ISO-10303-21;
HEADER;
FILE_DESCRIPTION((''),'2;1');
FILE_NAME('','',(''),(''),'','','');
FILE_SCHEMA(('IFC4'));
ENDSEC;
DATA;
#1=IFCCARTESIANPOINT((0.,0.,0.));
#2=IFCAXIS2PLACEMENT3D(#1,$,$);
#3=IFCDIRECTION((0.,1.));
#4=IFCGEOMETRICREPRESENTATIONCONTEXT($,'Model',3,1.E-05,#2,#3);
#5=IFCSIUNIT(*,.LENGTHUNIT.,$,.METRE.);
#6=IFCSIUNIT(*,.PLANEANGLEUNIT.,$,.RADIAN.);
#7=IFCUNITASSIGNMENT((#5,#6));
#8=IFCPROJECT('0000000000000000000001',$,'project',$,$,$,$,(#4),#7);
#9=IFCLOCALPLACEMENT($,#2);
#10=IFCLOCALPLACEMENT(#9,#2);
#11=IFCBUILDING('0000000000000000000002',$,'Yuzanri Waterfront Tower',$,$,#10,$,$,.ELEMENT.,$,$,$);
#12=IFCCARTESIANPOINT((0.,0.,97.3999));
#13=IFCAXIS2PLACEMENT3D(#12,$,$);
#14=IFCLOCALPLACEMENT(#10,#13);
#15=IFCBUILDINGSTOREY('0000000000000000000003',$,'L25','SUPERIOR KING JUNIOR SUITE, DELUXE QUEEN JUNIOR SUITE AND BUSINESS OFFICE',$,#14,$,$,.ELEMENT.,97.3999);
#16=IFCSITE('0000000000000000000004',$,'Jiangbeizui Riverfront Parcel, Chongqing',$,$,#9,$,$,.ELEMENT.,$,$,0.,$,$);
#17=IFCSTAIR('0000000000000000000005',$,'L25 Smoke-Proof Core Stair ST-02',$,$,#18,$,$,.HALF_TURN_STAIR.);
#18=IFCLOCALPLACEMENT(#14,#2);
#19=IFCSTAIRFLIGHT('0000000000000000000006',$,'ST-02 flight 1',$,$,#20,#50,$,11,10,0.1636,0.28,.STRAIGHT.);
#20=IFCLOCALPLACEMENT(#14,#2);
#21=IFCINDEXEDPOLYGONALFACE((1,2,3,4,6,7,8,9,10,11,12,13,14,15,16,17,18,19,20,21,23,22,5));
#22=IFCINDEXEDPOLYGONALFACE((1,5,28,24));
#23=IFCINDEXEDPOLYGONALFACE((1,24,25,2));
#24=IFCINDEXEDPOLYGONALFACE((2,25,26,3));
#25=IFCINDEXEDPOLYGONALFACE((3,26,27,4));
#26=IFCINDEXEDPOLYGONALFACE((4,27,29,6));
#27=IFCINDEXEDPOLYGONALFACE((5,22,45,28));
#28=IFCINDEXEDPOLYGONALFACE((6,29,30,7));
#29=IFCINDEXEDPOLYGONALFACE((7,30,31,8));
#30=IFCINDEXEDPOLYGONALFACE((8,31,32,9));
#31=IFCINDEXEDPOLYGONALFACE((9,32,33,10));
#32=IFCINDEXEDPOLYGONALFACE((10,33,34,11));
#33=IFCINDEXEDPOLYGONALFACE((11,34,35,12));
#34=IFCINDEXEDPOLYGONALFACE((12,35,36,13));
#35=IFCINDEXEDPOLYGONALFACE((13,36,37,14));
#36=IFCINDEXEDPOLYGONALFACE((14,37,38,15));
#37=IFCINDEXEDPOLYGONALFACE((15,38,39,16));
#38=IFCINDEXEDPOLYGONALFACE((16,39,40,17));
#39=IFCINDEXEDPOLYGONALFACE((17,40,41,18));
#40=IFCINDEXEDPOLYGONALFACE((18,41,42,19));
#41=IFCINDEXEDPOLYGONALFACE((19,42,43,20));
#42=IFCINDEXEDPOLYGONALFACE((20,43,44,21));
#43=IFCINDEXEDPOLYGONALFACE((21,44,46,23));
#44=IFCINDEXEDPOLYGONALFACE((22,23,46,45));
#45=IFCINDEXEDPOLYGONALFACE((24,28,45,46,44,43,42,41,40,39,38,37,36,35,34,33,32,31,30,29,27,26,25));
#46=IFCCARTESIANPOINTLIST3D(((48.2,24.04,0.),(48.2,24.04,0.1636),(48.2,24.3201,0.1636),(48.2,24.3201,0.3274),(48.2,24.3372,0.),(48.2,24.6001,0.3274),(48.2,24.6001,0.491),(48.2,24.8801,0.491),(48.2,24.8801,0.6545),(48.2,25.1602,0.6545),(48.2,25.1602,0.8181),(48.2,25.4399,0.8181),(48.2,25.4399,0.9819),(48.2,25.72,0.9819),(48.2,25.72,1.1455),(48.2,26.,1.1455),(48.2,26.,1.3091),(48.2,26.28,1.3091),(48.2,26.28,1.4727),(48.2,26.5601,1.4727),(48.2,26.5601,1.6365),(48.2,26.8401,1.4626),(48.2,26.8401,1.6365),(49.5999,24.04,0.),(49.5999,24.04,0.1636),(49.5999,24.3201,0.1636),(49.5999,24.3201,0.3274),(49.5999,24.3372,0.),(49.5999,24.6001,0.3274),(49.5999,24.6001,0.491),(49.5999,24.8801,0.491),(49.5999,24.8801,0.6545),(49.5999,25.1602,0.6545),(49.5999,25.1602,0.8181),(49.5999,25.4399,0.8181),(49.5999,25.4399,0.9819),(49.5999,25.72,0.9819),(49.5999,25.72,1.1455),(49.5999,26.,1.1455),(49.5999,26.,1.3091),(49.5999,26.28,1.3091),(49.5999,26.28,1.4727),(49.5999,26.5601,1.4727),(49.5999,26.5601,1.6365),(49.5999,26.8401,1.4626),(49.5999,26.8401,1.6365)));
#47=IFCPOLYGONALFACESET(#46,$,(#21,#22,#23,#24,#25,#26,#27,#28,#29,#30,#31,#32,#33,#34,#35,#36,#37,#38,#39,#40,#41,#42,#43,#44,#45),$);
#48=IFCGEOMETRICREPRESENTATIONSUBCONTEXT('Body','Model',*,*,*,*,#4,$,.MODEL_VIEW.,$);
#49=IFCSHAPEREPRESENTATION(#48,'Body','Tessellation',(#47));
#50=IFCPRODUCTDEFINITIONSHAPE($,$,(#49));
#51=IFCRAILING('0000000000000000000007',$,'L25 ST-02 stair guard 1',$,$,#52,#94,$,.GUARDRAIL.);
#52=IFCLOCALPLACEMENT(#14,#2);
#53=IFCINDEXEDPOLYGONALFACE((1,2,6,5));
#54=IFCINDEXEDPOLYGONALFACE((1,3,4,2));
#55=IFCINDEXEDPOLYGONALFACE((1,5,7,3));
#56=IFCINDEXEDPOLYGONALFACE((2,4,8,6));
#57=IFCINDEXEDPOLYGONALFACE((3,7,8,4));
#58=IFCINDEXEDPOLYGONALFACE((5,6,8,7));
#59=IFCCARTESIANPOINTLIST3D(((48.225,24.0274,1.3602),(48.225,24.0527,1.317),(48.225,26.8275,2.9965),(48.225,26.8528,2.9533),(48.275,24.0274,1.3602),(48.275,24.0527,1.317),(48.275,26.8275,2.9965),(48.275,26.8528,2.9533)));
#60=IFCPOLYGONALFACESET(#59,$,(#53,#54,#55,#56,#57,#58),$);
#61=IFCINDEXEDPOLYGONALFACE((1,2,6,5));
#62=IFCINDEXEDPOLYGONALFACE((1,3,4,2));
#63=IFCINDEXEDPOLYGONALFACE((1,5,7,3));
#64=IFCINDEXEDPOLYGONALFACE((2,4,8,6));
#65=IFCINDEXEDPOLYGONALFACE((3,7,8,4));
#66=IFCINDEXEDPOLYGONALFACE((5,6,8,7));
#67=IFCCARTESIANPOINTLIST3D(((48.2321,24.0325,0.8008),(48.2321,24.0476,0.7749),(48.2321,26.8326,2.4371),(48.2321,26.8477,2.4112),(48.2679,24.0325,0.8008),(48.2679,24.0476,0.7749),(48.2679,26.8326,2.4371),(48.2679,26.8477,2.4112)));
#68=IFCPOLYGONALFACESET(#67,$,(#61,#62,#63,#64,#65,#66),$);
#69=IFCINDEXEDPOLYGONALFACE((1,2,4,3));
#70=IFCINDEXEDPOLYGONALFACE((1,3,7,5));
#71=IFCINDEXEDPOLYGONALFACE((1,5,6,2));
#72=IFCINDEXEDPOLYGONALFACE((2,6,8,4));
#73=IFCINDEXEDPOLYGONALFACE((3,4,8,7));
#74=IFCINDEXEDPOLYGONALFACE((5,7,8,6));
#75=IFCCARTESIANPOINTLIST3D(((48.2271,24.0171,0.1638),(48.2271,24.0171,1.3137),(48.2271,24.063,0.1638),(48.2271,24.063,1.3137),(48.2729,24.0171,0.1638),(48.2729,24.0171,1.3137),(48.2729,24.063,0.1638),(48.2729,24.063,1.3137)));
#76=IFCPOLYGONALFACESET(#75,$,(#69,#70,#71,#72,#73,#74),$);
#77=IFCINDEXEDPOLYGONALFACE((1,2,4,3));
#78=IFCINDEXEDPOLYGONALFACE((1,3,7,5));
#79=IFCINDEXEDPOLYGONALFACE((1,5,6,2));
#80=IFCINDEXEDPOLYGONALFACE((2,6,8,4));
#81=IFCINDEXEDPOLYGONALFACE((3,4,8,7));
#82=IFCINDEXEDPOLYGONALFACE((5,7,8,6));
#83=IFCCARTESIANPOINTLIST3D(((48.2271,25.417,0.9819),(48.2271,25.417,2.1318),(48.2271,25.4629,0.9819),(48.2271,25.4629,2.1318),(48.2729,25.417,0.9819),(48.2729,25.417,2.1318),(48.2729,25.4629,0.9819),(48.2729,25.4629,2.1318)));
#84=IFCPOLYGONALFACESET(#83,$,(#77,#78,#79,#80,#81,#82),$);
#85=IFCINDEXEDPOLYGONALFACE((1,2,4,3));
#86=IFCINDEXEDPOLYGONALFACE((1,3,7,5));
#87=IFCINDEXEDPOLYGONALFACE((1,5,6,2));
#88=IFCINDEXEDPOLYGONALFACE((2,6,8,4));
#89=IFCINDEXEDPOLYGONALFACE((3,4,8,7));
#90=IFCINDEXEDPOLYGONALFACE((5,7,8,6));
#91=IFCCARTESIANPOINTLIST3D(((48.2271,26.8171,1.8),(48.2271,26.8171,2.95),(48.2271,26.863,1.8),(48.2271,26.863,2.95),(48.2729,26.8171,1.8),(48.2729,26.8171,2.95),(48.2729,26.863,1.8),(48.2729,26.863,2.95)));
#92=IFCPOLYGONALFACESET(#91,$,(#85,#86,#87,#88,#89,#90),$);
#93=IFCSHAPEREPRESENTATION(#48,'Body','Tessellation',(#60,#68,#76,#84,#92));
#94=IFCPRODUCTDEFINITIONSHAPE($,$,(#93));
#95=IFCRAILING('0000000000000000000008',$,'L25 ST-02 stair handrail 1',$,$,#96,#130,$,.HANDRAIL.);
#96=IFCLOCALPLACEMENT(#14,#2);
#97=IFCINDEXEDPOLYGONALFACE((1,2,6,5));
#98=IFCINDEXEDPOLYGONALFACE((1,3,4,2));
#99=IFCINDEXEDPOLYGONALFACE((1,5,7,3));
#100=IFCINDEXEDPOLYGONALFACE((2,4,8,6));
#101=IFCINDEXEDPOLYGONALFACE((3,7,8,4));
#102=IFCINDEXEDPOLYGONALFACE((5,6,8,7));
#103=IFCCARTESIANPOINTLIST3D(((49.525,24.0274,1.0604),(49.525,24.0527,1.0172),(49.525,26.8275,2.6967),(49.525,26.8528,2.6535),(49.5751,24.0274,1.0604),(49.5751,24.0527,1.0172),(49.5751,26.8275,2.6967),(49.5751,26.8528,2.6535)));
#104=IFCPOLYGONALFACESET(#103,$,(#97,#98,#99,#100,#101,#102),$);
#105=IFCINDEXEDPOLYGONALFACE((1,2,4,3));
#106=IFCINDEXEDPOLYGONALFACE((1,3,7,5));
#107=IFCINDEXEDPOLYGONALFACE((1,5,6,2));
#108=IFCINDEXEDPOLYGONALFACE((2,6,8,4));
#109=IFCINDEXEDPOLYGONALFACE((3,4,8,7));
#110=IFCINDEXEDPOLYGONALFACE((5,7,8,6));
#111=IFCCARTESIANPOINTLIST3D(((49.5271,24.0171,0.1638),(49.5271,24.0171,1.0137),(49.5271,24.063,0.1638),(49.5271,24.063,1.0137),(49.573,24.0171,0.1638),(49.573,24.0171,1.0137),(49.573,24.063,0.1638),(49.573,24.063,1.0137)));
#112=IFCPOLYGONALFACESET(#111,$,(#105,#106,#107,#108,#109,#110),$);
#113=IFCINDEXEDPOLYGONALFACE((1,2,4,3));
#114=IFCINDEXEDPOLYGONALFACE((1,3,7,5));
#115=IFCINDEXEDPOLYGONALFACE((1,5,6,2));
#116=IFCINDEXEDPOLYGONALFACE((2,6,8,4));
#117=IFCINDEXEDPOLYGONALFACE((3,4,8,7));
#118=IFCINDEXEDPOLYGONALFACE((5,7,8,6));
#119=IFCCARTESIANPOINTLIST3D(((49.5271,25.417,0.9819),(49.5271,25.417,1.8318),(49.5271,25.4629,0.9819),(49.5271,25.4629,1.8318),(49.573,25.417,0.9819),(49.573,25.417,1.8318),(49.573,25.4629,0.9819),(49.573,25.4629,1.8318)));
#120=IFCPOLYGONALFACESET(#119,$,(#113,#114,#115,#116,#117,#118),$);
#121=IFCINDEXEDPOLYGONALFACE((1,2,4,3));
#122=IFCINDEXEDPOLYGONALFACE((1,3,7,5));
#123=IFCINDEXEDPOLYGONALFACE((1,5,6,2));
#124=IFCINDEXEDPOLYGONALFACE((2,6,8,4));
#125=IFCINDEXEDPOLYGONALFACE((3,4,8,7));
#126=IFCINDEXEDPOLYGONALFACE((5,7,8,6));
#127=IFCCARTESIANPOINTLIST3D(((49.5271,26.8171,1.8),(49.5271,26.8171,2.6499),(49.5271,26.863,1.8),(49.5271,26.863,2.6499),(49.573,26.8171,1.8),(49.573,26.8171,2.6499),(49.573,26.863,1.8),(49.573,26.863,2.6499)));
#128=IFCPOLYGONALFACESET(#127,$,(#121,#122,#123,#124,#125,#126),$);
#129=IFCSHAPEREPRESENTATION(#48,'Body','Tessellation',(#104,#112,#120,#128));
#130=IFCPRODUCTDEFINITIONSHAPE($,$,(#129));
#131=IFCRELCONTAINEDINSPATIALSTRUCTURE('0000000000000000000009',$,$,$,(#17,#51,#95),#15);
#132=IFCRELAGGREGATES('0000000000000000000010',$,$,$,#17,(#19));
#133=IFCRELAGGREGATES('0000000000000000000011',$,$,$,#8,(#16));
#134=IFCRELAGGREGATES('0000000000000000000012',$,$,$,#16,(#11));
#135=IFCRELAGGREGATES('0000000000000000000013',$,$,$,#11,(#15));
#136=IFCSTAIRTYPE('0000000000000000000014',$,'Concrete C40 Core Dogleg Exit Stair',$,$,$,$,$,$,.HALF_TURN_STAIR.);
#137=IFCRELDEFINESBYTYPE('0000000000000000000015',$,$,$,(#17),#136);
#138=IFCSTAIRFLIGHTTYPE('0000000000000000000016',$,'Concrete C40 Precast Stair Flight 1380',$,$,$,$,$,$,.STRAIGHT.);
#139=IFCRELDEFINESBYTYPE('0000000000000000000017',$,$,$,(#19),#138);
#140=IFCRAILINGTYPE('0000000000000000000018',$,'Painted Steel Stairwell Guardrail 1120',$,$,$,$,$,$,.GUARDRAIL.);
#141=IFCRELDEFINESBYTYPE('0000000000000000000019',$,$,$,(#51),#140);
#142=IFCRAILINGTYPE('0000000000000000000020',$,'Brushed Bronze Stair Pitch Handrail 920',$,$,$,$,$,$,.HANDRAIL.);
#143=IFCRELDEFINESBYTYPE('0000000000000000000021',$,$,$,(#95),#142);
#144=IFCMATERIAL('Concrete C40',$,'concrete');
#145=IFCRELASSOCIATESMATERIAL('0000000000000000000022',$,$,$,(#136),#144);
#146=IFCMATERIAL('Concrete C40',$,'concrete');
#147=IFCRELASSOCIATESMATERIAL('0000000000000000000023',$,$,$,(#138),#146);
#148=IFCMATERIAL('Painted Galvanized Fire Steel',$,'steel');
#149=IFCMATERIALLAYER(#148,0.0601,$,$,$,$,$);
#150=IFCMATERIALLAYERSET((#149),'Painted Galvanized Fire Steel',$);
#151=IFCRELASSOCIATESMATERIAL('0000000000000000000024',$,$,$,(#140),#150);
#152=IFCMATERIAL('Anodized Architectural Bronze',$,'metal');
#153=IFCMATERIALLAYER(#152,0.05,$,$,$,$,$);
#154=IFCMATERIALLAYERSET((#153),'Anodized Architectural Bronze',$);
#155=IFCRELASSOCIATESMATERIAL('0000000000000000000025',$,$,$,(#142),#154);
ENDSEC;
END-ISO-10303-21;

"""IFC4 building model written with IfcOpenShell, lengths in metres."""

from ifc_helpers import new_model, si_unit, direction, frame, origin, origin_2d, place, context, subcontext, project, spatial, polyline, rectangle, outline, extrude, source, transform, mapped, material, layer, layer_set, type_object, element, aggregate, save


model = new_model("IFC4")

# Units and contexts
model_context = context("Model", 3, precision=1e-05, world=origin(), true_north=direction((0.0, 1.0)))
body_context = subcontext(model_context, "Body", "Model", "MODEL_VIEW")
ifc_project = project(units=[si_unit("LENGTHUNIT", "METRE"), si_unit("PLANEANGLEUNIT", "RADIAN")], contexts=[model_context])

# Site, building, storey
site_placement = place(None, origin())
site = spatial("IfcSite", under=ifc_project, at=site_placement, Name="Jiangbeizui Riverfront Parcel, Chongqing", CompositionType="ELEMENT", RefElevation=0.0)
building_placement = place(site_placement, origin())
building = spatial("IfcBuilding", under=site, at=building_placement, Name="Yuzanri Waterfront Tower", CompositionType="ELEMENT")
storey_placement = place(building_placement, frame((0.0, 0.0, 97.3999)))
storey = spatial("IfcBuildingStorey", under=building, at=storey_placement, Name="L25", Description="SUPERIOR KING JUNIOR SUITE, DELUXE QUEEN JUNIOR SUITE AND BUSINESS OFFICE", CompositionType="ELEMENT", Elevation=97.3999)

# Stair, stair flight
ifc_material_1 = material(Name="Concrete C40", Category="concrete")
stair_type = type_object("IfcStairType", Name="Concrete C40 Core Dogleg Exit Stair", PredefinedType="HALF_TURN_STAIR", material=ifc_material_1)
stair_placement = place(storey_placement, origin())
stair = element("IfcStair", 1, at=stair_placement, inside=storey, type_object=stair_type, Name="L25 Smoke-Proof Core Stair ST-02", PredefinedType="HALF_TURN_STAIR")
ifc_material_2 = material(Name="Concrete C40", Category="concrete")
stair_flight_type = type_object("IfcStairFlightType", Name="Concrete C40 Precast Stair Flight 1380", PredefinedType="STRAIGHT", material=ifc_material_2)
shared_shape_1 = source(origin(), body_context, "Body", "SweptSolid", [
    extrude(outline(polyline([(0.0, 0.0), (0.0, 0.1636), (0.28, 0.1636), (0.28, 0.3274), (0.5601, 0.3274), (0.5601, 0.491), (0.8401, 0.491), (0.8401, 0.6545), (1.1201, 0.6545), (1.1201, 0.8181), (1.3999, 0.8181), (1.3999, 0.9819), (1.6799, 0.9819), (1.6799, 1.1455), (1.96, 1.1455), (1.96, 1.3091), (2.24, 1.3091), (2.24, 1.4727), (2.52, 1.4727), (2.52, 1.6365), (2.8, 1.6365), (2.8, 1.8), (2.8, 1.4626), (0.2971, 0.0), (0.0, 0.0)])), frame((0.0, 0.7, 0.0), z_axis=(0.0, -1.0, 0.0), x_axis=(1.0, 0.0, 0.0)), (0.0, 0.0, 1.0), 1.3999),
])
stair_flight_placement = place(storey_placement, frame((48.8999, 24.04, 0.0), z_axis=(0.0, 0.0, 1.0), x_axis=(0.0, 1.0, 0.0)))
stair_flight = element("IfcStairFlight", 2, at=stair_flight_placement, type_object=stair_flight_type, Name="ST-02 flight 1", NumberOfRisers=11, NumberOfTreads=10, PredefinedType="STRAIGHT", RiserHeight=0.1636, TreadLength=0.28, context=body_context, shape_type="MappedRepresentation", body=[
    mapped(shared_shape_1, transform((0.0, 0.0, 0.0), scale=1.0)),
])
aggregate(stair, [stair_flight])

# Railings
ifc_material_3 = material(Name="Painted Galvanized Fire Steel", Category="steel")
ifc_layer_1 = layer(ifc_material_3, 0.0601)
ifc_layer_set_1 = layer_set([ifc_layer_1], Name="Painted Galvanized Fire Steel")
railing_type_1 = type_object("IfcRailingType", Name="Painted Steel Stairwell Guardrail 1120", PredefinedType="GUARDRAIL", material=ifc_layer_set_1)
shared_shape_2 = source(origin(), body_context, "Body", "SweptSolid", [
    extrude(rectangle(XDim=0.05, YDim=0.05, at=origin_2d()), frame((0.0, 0.0, 1.1748), z_axis=(0.0, 0.863394, 0.504531), x_axis=(-1.0, 0.0, 0.0)), (0.0, 0.0, 1.0), 3.2432),
    extrude(rectangle(XDim=0.0359, YDim=0.03, at=origin_2d()), frame((0.0, 0.0, 0.624), z_axis=(0.0, 0.863394, 0.504531), x_axis=(-1.0, 0.0, 0.0)), (0.0, 0.0, 1.0), 3.2432),
    extrude(rectangle(XDim=0.0459, YDim=0.0459, at=origin_2d()), origin(), (0.0, 0.0, 1.0), 1.1499),
    extrude(rectangle(XDim=0.0459, YDim=0.0459, at=origin_2d()), frame((0.0, 1.3999, 0.8181)), (0.0, 0.0, 1.0), 1.1499),
    extrude(rectangle(XDim=0.0459, YDim=0.0459, at=origin_2d()), frame((0.0, 2.8, 1.6362)), (0.0, 0.0, 1.0), 1.1499),
])
railing_1_placement = place(storey_placement, frame((48.25, 24.04, 0.1638)))
element("IfcRailing", 3, at=railing_1_placement, inside=storey, type_object=railing_type_1, Name="L25 ST-02 stair guard 1", PredefinedType="GUARDRAIL", context=body_context, shape_type="MappedRepresentation", body=[
    mapped(shared_shape_2, transform((0.0, 0.0, 0.0), scale=1.0)),
])
ifc_material_4 = material(Name="Anodized Architectural Bronze", Category="metal")
ifc_layer_2 = layer(ifc_material_4, 0.05)
ifc_layer_set_2 = layer_set([ifc_layer_2], Name="Anodized Architectural Bronze")
railing_type_2 = type_object("IfcRailingType", Name="Brushed Bronze Stair Pitch Handrail 920", PredefinedType="HANDRAIL", material=ifc_layer_set_2)
shared_shape_3 = source(origin(), body_context, "Body", "SweptSolid", [
    extrude(rectangle(XDim=0.05, YDim=0.05, at=origin_2d()), frame((0.0, 0.0, 0.875), z_axis=(0.0, 0.863394, 0.504531), x_axis=(-1.0, 0.0, 0.0)), (0.0, 0.0, 1.0), 3.2432),
    extrude(rectangle(XDim=0.0459, YDim=0.0459, at=origin_2d()), origin(), (0.0, 0.0, 1.0), 0.8499),
    extrude(rectangle(XDim=0.0459, YDim=0.0459, at=origin_2d()), frame((0.0, 1.3999, 0.8181)), (0.0, 0.0, 1.0), 0.8499),
    extrude(rectangle(XDim=0.0459, YDim=0.0459, at=origin_2d()), frame((0.0, 2.8, 1.6362)), (0.0, 0.0, 1.0), 0.8499),
])
railing_2_placement = place(storey_placement, frame((49.55, 24.04, 0.1638)))
element("IfcRailing", 4, at=railing_2_placement, inside=storey, type_object=railing_type_2, Name="L25 ST-02 stair handrail 1", PredefinedType="HANDRAIL", context=body_context, shape_type="MappedRepresentation", body=[
    mapped(shared_shape_3, transform((0.0, 0.0, 0.0), scale=1.0)),
])

save(model, "model.ifc")
